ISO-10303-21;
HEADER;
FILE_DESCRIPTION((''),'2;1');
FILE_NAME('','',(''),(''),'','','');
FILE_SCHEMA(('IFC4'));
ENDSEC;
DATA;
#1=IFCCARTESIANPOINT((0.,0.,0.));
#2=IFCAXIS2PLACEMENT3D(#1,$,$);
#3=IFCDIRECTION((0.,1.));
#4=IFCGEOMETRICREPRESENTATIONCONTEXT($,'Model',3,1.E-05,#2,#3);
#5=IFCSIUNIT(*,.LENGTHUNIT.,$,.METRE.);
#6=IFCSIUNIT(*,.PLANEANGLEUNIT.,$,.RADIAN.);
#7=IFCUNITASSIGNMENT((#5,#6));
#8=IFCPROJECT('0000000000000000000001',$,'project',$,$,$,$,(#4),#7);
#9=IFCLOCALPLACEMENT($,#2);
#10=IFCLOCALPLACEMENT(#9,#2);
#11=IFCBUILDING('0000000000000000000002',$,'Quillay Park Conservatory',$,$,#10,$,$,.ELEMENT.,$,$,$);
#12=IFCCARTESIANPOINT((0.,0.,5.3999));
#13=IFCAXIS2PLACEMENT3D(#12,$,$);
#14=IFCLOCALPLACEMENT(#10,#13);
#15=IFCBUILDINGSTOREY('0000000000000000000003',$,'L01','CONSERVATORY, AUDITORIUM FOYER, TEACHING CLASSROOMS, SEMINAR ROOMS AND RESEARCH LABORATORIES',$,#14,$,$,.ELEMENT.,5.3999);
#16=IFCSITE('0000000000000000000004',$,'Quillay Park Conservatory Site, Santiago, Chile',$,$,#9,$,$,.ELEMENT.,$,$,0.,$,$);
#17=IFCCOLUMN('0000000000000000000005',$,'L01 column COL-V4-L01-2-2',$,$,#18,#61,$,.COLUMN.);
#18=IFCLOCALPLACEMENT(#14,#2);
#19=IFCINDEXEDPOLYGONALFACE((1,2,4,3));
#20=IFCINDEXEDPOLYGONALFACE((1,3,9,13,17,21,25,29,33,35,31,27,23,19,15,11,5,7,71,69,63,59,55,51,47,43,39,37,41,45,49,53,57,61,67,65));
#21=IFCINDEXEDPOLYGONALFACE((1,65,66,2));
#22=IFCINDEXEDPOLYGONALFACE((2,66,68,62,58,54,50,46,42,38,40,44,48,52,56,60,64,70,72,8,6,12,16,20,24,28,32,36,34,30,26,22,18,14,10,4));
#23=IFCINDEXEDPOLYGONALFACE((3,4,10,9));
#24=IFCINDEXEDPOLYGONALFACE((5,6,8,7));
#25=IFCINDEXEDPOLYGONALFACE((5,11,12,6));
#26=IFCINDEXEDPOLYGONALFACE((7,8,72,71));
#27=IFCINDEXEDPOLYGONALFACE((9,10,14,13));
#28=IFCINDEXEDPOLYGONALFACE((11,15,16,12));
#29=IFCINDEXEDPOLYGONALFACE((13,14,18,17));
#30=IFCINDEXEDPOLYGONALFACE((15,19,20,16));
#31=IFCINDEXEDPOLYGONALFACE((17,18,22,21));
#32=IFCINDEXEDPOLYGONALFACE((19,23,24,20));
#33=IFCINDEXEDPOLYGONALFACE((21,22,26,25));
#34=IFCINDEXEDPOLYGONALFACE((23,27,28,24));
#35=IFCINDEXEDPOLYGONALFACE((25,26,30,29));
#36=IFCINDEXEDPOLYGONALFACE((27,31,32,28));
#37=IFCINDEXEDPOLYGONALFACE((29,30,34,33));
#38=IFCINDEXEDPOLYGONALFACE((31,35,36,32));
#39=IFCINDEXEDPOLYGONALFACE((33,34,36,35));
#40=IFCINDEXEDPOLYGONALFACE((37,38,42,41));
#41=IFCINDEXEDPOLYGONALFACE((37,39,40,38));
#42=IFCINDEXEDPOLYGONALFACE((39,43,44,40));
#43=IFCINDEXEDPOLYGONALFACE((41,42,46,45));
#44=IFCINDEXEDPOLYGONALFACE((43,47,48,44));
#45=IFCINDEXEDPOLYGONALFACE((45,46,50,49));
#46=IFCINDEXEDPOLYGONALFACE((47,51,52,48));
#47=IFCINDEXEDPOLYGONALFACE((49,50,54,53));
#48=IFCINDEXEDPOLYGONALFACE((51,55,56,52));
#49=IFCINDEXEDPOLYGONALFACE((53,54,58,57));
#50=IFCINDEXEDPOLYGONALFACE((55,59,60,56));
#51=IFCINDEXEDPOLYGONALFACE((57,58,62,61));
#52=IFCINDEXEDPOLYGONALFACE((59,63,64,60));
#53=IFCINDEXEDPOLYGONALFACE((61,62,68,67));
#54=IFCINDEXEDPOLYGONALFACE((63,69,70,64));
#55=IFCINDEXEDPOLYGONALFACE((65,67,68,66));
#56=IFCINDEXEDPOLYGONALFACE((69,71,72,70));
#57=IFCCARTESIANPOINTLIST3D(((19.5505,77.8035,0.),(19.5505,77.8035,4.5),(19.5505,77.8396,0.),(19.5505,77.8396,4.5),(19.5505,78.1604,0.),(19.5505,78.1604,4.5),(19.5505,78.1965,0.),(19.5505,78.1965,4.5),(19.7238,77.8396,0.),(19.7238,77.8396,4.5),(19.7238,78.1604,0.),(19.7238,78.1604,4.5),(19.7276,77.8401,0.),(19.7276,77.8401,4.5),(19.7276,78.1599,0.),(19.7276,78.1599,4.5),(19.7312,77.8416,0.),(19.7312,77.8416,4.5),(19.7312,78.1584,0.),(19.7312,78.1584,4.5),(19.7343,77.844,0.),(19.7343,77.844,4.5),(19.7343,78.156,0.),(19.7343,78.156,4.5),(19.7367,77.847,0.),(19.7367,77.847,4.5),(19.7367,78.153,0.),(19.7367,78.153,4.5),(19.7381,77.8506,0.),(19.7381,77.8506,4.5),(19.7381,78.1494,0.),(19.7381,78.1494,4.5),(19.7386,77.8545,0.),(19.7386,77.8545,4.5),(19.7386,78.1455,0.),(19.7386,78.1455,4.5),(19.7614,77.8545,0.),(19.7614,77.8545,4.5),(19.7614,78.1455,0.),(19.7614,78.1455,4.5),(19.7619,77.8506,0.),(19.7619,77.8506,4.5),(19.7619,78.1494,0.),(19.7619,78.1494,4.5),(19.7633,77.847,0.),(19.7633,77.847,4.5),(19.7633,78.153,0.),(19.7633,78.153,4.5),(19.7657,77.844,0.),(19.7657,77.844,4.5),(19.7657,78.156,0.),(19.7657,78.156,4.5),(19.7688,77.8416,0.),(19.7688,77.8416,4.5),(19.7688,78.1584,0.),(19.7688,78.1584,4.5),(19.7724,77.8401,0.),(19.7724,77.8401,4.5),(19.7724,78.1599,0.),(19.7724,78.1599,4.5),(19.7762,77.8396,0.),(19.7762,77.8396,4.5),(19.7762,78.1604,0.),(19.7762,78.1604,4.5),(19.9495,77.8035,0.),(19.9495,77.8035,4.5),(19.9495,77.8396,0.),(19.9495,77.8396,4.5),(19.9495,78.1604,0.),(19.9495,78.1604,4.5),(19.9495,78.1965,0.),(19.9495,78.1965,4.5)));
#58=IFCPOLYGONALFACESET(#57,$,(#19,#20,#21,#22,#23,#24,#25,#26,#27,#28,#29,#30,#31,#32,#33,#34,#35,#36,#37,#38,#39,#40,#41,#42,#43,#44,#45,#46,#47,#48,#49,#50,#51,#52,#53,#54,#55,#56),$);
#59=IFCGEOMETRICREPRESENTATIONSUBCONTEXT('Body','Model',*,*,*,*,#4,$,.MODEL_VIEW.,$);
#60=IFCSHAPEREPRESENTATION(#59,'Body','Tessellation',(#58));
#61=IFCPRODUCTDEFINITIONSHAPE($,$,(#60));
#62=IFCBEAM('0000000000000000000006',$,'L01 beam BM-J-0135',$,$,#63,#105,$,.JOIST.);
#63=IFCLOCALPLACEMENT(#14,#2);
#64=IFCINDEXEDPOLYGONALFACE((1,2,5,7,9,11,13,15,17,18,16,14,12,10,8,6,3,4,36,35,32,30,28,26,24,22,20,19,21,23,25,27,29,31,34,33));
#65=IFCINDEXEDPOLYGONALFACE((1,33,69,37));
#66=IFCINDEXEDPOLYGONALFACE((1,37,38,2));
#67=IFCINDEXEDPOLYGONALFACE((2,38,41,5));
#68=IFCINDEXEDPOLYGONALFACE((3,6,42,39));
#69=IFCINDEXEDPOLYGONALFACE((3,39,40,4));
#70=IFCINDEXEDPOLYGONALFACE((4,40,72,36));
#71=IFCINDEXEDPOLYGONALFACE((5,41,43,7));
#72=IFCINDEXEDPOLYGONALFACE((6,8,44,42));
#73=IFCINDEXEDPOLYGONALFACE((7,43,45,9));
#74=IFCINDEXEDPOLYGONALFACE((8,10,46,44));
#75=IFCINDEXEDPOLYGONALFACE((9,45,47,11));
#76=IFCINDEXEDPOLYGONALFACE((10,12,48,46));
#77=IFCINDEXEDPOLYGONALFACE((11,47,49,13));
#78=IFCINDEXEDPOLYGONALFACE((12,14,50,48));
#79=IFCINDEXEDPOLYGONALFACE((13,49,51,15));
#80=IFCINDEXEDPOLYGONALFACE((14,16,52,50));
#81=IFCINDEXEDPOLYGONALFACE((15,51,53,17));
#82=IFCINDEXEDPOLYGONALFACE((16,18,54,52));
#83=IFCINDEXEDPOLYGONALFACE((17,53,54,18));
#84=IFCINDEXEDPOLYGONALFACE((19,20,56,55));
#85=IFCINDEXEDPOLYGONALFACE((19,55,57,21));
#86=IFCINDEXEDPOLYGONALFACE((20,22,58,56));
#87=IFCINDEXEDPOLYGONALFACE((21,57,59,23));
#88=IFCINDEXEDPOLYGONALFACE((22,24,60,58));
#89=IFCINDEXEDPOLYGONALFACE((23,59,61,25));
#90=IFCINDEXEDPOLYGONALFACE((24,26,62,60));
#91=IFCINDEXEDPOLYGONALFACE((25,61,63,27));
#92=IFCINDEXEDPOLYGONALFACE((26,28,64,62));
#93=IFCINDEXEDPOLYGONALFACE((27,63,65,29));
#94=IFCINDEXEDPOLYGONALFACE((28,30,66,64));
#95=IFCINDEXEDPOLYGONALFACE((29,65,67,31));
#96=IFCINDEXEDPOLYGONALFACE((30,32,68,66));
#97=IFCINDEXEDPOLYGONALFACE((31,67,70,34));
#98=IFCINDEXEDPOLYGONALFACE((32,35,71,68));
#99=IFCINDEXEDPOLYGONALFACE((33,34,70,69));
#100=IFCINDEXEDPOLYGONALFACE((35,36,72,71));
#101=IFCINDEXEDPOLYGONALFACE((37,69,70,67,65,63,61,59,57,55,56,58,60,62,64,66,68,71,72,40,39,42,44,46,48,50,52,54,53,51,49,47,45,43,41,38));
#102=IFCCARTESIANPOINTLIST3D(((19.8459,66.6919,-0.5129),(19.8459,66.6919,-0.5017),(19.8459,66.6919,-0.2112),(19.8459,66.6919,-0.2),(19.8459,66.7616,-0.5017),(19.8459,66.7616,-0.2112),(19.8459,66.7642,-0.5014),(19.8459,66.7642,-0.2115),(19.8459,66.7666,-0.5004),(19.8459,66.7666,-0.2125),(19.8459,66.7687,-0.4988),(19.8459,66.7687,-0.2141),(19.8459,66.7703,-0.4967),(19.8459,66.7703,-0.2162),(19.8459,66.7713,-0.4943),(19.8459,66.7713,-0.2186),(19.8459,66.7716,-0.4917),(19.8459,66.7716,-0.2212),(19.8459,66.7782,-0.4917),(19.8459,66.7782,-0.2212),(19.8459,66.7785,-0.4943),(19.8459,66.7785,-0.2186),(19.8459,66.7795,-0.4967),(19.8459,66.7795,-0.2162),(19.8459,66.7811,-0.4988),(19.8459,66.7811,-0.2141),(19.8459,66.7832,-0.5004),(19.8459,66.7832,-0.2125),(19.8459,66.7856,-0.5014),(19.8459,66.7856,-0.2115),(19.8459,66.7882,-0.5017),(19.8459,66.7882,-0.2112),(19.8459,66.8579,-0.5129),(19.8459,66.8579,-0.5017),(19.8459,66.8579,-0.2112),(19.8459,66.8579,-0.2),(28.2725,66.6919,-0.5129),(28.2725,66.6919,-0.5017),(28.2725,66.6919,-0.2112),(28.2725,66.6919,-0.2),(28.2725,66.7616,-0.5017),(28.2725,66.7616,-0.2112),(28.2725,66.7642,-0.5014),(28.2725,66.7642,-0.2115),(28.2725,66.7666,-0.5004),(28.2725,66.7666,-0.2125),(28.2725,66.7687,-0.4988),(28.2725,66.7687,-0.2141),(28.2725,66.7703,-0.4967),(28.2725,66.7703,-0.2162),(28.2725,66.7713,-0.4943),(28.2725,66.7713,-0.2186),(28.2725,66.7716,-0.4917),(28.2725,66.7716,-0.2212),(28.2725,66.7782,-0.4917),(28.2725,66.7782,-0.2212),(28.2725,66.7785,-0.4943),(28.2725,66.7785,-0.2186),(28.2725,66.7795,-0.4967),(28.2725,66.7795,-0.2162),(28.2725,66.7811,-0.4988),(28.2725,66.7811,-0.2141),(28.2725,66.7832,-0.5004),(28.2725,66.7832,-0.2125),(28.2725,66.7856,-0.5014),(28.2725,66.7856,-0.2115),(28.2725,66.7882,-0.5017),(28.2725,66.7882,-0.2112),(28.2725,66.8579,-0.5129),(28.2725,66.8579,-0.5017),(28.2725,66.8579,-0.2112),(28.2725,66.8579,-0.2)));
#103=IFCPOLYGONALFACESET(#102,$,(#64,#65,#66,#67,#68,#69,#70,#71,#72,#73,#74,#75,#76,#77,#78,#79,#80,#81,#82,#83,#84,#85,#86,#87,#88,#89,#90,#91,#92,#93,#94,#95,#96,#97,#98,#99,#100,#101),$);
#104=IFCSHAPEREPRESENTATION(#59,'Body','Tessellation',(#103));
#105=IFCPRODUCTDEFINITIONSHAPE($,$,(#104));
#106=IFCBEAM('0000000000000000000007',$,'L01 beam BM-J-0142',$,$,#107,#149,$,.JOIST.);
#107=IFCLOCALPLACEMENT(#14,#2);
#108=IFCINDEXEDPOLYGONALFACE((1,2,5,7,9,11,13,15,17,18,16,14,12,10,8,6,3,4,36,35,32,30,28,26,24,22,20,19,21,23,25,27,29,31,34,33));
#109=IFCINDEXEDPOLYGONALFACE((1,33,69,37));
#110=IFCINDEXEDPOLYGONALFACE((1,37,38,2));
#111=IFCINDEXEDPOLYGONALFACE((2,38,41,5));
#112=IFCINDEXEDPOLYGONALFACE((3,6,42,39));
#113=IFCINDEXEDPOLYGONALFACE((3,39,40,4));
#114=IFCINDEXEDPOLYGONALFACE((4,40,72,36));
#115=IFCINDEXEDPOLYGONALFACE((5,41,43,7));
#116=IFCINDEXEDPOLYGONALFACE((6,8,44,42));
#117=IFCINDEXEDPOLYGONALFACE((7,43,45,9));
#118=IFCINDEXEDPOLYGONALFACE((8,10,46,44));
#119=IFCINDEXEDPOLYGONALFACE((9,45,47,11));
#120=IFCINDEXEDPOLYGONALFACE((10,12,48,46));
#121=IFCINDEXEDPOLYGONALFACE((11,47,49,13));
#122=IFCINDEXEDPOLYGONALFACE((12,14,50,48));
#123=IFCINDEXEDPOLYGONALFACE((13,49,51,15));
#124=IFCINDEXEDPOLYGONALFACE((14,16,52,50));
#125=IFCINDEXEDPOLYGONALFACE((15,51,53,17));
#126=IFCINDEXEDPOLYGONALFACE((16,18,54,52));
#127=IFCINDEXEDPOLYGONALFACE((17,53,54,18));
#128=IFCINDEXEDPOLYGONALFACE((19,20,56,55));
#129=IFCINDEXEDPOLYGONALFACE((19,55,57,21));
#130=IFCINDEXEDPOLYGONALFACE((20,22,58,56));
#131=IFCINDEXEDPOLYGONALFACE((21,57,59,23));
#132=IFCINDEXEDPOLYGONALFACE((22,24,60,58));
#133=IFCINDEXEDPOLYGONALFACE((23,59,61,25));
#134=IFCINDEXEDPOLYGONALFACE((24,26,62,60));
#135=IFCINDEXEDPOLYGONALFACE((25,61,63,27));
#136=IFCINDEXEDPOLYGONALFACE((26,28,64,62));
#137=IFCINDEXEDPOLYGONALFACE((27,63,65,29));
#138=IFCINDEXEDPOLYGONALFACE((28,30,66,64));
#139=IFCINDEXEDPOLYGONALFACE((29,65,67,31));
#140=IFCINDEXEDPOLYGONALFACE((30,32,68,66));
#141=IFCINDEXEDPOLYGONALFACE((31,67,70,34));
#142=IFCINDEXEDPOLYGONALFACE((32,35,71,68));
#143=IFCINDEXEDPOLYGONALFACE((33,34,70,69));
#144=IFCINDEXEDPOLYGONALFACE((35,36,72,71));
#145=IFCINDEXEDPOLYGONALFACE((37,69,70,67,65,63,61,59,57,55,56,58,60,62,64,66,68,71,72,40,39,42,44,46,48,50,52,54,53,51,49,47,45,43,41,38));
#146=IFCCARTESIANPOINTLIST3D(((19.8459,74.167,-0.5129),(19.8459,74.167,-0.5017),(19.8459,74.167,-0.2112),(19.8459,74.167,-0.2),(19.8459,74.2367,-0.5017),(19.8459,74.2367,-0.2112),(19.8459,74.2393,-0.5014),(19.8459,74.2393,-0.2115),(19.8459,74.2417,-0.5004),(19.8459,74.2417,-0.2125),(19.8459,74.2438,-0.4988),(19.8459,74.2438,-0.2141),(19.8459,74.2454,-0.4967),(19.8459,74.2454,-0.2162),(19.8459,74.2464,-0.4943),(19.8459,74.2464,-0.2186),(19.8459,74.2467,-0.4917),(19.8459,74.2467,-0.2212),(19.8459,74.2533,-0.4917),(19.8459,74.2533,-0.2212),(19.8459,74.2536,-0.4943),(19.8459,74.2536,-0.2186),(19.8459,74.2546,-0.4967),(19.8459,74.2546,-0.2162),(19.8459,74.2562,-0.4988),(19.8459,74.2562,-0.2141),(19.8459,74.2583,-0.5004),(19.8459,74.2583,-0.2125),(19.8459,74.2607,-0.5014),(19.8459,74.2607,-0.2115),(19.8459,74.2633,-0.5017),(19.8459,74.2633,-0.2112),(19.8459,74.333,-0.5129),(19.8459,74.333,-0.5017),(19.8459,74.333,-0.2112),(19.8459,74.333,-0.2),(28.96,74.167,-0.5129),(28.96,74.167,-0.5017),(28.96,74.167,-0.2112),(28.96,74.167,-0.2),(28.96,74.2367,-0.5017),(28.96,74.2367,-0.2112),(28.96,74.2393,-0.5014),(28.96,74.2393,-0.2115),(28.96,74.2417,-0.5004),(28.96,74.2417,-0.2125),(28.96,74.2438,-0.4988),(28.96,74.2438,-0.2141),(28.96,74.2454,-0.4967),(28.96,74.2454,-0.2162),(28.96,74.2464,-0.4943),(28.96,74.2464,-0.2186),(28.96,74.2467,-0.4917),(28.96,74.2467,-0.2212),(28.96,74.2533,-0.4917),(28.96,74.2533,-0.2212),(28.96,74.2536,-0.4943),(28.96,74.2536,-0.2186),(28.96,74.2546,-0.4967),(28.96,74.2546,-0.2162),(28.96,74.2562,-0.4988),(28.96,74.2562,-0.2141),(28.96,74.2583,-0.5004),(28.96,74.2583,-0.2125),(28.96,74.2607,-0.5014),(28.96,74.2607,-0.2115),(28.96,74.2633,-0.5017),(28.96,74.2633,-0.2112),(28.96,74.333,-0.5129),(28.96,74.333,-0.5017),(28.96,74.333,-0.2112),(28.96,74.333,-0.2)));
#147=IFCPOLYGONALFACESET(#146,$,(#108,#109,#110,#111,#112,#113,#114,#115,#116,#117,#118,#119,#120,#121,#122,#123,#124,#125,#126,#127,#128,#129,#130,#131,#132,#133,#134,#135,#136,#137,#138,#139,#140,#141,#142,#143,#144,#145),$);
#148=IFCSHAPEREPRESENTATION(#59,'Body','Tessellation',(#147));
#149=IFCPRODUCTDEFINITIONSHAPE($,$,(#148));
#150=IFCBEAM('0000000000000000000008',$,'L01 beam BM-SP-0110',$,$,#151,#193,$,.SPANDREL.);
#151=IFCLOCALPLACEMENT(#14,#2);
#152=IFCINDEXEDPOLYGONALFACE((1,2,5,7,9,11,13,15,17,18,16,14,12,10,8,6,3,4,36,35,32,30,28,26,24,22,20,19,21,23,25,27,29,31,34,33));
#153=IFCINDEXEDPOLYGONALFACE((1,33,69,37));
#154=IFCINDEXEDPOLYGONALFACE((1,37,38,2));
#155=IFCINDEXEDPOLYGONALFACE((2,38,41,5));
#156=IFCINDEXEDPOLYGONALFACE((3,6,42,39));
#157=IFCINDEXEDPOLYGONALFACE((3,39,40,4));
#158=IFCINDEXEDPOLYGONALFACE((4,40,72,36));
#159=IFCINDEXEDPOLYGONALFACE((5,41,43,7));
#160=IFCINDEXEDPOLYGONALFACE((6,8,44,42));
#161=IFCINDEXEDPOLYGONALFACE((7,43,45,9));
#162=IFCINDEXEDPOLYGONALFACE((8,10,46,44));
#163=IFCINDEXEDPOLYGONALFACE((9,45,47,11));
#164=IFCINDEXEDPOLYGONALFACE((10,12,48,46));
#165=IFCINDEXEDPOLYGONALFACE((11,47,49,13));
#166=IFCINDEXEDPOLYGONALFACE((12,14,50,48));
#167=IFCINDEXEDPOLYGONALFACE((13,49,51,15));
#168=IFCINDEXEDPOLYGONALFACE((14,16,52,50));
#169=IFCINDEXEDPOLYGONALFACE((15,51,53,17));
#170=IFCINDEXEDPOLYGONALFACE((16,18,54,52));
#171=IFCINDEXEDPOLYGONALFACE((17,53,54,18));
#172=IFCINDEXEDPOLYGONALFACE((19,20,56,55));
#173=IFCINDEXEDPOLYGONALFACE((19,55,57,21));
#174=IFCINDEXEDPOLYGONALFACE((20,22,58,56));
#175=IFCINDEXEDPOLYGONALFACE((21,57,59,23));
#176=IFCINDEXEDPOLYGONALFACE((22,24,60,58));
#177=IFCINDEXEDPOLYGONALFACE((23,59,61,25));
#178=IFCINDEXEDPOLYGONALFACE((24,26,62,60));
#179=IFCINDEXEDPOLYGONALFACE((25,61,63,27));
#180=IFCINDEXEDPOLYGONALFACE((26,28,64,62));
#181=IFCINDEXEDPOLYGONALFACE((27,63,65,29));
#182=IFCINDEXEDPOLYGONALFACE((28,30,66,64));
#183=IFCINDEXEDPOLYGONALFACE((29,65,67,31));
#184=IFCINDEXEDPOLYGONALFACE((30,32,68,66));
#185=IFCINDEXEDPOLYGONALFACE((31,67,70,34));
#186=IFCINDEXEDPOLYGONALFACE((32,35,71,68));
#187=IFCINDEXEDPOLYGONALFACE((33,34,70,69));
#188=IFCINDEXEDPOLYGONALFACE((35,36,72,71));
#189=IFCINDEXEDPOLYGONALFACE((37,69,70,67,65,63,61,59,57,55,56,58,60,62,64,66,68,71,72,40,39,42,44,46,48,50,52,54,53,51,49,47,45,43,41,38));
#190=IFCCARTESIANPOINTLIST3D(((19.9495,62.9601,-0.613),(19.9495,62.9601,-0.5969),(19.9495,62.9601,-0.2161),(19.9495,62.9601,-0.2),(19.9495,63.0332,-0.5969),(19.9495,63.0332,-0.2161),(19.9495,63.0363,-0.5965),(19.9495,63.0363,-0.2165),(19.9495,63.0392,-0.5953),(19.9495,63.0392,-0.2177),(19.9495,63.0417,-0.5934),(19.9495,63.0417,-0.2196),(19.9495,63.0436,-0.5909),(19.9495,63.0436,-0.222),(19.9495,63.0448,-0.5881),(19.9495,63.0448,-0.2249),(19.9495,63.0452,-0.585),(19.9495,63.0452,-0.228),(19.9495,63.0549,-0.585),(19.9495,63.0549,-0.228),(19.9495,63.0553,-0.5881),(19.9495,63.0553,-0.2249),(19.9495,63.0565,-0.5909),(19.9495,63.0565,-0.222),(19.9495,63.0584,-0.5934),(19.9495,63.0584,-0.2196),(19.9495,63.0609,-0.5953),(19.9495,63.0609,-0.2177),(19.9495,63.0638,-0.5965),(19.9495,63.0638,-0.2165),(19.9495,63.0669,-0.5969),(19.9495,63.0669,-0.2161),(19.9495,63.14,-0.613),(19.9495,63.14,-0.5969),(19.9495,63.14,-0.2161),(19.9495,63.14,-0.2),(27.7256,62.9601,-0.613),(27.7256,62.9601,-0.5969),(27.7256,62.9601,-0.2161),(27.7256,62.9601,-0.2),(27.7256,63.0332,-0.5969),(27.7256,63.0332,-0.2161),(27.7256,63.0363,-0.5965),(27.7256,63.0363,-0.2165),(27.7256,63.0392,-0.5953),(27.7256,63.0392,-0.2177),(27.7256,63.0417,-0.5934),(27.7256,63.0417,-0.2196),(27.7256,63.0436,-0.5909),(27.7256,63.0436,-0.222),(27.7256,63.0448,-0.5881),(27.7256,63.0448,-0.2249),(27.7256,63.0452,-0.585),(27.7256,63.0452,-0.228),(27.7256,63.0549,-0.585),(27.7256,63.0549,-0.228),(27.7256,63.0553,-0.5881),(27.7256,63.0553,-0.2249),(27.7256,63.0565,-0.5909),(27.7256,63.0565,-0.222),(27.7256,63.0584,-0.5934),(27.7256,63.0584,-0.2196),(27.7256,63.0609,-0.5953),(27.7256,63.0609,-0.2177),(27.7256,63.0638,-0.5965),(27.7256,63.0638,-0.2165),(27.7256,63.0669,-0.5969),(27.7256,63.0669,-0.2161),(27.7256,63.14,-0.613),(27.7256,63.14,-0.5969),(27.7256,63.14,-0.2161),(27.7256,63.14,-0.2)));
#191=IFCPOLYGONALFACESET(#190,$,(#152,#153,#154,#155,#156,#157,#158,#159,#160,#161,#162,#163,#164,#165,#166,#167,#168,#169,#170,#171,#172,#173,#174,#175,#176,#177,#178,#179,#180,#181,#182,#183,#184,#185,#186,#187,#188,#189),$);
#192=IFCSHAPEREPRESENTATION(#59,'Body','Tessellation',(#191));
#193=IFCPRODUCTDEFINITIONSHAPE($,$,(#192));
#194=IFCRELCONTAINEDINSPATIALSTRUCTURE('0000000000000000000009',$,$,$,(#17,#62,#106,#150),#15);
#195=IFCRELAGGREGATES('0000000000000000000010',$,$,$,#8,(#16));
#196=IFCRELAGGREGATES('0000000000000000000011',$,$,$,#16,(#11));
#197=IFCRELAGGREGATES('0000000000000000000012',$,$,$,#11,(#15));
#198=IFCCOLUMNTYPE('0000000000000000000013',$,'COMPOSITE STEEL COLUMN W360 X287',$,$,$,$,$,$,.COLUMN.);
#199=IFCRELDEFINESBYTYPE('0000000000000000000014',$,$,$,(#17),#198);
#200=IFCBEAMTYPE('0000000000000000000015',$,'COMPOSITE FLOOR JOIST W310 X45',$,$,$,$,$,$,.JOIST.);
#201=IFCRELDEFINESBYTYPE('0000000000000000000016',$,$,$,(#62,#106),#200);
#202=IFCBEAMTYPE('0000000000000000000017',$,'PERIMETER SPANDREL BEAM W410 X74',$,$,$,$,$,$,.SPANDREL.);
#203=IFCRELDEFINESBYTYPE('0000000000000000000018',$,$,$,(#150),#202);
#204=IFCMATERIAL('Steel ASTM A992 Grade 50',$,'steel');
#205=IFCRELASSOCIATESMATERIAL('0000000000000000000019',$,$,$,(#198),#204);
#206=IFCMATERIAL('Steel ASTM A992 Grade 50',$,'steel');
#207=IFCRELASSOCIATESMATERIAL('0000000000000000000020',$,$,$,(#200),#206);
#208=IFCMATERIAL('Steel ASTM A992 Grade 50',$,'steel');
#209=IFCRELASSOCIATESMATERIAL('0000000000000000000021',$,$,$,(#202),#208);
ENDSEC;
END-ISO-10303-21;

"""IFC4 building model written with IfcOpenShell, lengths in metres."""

from ifc_helpers import new_model, si_unit, direction, frame, origin, origin_2d, place, context, subcontext, project, spatial, i_section, extrude, material, material_profile, profile_set, type_object, element, save


model = new_model("IFC4")

# Units and contexts
model_context = context("Model", 3, precision=1e-05, world=origin(), true_north=direction((0.0, 1.0)))
body_context = subcontext(model_context, "Body", "Model", "MODEL_VIEW")
ifc_project = project(units=[si_unit("LENGTHUNIT", "METRE"), si_unit("PLANEANGLEUNIT", "RADIAN")], contexts=[model_context])

# Site, building, storey
site_placement = place(None, origin())
site = spatial("IfcSite", under=ifc_project, at=site_placement, Name="Quillay Park Conservatory Site, Santiago, Chile", CompositionType="ELEMENT", RefElevation=0.0)
building_placement = place(site_placement, origin())
building = spatial("IfcBuilding", under=site, at=building_placement, Name="Quillay Park Conservatory", CompositionType="ELEMENT")
storey_placement = place(building_placement, frame((0.0, 0.0, 5.3999)))
storey = spatial("IfcBuildingStorey", under=building, at=storey_placement, Name="L01", Description="CONSERVATORY, AUDITORIUM FOYER, TEACHING CLASSROOMS, SEMINAR ROOMS AND RESEARCH LABORATORIES", CompositionType="ELEMENT", Elevation=5.3999)

# Column
ifc_material_1 = material(Name="Steel ASTM A992 Grade 50", Category="steel")
ifc_material_profile_1 = material_profile(ifc_material_1, i_section(OverallWidth=0.3989, OverallDepth=0.3931, WebThickness=0.0227, FlangeThickness=0.0361, FilletRadius=0.0149, at=origin_2d()), Name="W360x287")
ifc_profile_set_1 = profile_set([ifc_material_profile_1], Name="Steel ASTM A992 Grade 50")
column_type_1 = type_object("IfcColumnType", Name="COMPOSITE STEEL COLUMN W360 X287", PredefinedType="COLUMN", material=ifc_profile_set_1)
for number, where, z_axis, x_axis, name in (
    (1, (19.75, 78.0, 0.0), (0.0, 0.0, 1.0), (1.0, 0.0, 0.0), "L01 column COL-V4-L01-2-2"),
):
    element("IfcColumn", number, at=place(storey_placement, frame(where, z_axis=z_axis, x_axis=x_axis)), inside=storey, type_object=column_type_1, Name=name, PredefinedType="COLUMN", context=body_context, shape_type="SweptSolid", body=[
        extrude(i_section(OverallWidth=0.3989, OverallDepth=0.3931, WebThickness=0.0227, FlangeThickness=0.0361, FilletRadius=0.0149, at=origin_2d()), origin(), (0.0, 0.0, 1.0), 4.5),
    ])

# Beams
ifc_material_2 = material(Name="Steel ASTM A992 Grade 50", Category="steel")
ifc_material_profile_2 = material_profile(ifc_material_2, i_section(OverallWidth=0.166, OverallDepth=0.313, WebThickness=0.0066, FlangeThickness=0.0112, FilletRadius=0.01, at=origin_2d()), Name="W310x45")
ifc_profile_set_2 = profile_set([ifc_material_profile_2], Name="Steel ASTM A992 Grade 50")
beam_type_1 = type_object("IfcBeamType", Name="COMPOSITE FLOOR JOIST W310 X45", PredefinedType="JOIST", material=ifc_profile_set_2)
beam_1_placement = place(storey_placement, frame((19.8459, 66.7749, -0.3564), z_axis=(1.0, 0.0, 0.0), x_axis=(0.0, 1.0, 0.0)))
element("IfcBeam", 2, at=beam_1_placement, inside=storey, type_object=beam_type_1, Name="L01 beam BM-J-0135", PredefinedType="JOIST", context=body_context, shape_type="SweptSolid", body=[
    extrude(i_section(OverallWidth=0.166, OverallDepth=0.313, WebThickness=0.0066, FlangeThickness=0.0112, FilletRadius=0.01, at=origin_2d()), origin(), (0.0, 0.0, 1.0), 8.4265),
])
beam_2_placement = place(storey_placement, frame((19.8459, 74.25, -0.3564), z_axis=(1.0, 0.0, 0.0), x_axis=(0.0, 1.0, 0.0)))
element("IfcBeam", 3, at=beam_2_placement, inside=storey, type_object=beam_type_1, Name="L01 beam BM-J-0142", PredefinedType="JOIST", context=body_context, shape_type="SweptSolid", body=[
    extrude(i_section(OverallWidth=0.166, OverallDepth=0.313, WebThickness=0.0066, FlangeThickness=0.0112, FilletRadius=0.01, at=origin_2d()), origin(), (0.0, 0.0, 1.0), 9.114),
])
ifc_material_3 = material(Name="Steel ASTM A992 Grade 50", Category="steel")
ifc_material_profile_3 = material_profile(ifc_material_3, i_section(OverallWidth=0.1799, OverallDepth=0.4131, WebThickness=0.0098, FlangeThickness=0.0161, FilletRadius=0.012, at=origin_2d()), Name="W410x74")
ifc_profile_set_3 = profile_set([ifc_material_profile_3], Name="Steel ASTM A992 Grade 50")
beam_type_2 = type_object("IfcBeamType", Name="PERIMETER SPANDREL BEAM W410 X74", PredefinedType="SPANDREL", material=ifc_profile_set_3)
beam_3_placement = place(storey_placement, frame((19.9495, 63.05, -0.4065), z_axis=(1.0, 0.0, 0.0), x_axis=(0.0, 1.0, 0.0)))
element("IfcBeam", 4, at=beam_3_placement, inside=storey, type_object=beam_type_2, Name="L01 beam BM-SP-0110", PredefinedType="SPANDREL", context=body_context, shape_type="SweptSolid", body=[
    extrude(i_section(OverallWidth=0.1799, OverallDepth=0.4131, WebThickness=0.0098, FlangeThickness=0.0161, FilletRadius=0.012, at=origin_2d()), origin(), (0.0, 0.0, 1.0), 7.7761),
])

save(model, "model.ifc")
